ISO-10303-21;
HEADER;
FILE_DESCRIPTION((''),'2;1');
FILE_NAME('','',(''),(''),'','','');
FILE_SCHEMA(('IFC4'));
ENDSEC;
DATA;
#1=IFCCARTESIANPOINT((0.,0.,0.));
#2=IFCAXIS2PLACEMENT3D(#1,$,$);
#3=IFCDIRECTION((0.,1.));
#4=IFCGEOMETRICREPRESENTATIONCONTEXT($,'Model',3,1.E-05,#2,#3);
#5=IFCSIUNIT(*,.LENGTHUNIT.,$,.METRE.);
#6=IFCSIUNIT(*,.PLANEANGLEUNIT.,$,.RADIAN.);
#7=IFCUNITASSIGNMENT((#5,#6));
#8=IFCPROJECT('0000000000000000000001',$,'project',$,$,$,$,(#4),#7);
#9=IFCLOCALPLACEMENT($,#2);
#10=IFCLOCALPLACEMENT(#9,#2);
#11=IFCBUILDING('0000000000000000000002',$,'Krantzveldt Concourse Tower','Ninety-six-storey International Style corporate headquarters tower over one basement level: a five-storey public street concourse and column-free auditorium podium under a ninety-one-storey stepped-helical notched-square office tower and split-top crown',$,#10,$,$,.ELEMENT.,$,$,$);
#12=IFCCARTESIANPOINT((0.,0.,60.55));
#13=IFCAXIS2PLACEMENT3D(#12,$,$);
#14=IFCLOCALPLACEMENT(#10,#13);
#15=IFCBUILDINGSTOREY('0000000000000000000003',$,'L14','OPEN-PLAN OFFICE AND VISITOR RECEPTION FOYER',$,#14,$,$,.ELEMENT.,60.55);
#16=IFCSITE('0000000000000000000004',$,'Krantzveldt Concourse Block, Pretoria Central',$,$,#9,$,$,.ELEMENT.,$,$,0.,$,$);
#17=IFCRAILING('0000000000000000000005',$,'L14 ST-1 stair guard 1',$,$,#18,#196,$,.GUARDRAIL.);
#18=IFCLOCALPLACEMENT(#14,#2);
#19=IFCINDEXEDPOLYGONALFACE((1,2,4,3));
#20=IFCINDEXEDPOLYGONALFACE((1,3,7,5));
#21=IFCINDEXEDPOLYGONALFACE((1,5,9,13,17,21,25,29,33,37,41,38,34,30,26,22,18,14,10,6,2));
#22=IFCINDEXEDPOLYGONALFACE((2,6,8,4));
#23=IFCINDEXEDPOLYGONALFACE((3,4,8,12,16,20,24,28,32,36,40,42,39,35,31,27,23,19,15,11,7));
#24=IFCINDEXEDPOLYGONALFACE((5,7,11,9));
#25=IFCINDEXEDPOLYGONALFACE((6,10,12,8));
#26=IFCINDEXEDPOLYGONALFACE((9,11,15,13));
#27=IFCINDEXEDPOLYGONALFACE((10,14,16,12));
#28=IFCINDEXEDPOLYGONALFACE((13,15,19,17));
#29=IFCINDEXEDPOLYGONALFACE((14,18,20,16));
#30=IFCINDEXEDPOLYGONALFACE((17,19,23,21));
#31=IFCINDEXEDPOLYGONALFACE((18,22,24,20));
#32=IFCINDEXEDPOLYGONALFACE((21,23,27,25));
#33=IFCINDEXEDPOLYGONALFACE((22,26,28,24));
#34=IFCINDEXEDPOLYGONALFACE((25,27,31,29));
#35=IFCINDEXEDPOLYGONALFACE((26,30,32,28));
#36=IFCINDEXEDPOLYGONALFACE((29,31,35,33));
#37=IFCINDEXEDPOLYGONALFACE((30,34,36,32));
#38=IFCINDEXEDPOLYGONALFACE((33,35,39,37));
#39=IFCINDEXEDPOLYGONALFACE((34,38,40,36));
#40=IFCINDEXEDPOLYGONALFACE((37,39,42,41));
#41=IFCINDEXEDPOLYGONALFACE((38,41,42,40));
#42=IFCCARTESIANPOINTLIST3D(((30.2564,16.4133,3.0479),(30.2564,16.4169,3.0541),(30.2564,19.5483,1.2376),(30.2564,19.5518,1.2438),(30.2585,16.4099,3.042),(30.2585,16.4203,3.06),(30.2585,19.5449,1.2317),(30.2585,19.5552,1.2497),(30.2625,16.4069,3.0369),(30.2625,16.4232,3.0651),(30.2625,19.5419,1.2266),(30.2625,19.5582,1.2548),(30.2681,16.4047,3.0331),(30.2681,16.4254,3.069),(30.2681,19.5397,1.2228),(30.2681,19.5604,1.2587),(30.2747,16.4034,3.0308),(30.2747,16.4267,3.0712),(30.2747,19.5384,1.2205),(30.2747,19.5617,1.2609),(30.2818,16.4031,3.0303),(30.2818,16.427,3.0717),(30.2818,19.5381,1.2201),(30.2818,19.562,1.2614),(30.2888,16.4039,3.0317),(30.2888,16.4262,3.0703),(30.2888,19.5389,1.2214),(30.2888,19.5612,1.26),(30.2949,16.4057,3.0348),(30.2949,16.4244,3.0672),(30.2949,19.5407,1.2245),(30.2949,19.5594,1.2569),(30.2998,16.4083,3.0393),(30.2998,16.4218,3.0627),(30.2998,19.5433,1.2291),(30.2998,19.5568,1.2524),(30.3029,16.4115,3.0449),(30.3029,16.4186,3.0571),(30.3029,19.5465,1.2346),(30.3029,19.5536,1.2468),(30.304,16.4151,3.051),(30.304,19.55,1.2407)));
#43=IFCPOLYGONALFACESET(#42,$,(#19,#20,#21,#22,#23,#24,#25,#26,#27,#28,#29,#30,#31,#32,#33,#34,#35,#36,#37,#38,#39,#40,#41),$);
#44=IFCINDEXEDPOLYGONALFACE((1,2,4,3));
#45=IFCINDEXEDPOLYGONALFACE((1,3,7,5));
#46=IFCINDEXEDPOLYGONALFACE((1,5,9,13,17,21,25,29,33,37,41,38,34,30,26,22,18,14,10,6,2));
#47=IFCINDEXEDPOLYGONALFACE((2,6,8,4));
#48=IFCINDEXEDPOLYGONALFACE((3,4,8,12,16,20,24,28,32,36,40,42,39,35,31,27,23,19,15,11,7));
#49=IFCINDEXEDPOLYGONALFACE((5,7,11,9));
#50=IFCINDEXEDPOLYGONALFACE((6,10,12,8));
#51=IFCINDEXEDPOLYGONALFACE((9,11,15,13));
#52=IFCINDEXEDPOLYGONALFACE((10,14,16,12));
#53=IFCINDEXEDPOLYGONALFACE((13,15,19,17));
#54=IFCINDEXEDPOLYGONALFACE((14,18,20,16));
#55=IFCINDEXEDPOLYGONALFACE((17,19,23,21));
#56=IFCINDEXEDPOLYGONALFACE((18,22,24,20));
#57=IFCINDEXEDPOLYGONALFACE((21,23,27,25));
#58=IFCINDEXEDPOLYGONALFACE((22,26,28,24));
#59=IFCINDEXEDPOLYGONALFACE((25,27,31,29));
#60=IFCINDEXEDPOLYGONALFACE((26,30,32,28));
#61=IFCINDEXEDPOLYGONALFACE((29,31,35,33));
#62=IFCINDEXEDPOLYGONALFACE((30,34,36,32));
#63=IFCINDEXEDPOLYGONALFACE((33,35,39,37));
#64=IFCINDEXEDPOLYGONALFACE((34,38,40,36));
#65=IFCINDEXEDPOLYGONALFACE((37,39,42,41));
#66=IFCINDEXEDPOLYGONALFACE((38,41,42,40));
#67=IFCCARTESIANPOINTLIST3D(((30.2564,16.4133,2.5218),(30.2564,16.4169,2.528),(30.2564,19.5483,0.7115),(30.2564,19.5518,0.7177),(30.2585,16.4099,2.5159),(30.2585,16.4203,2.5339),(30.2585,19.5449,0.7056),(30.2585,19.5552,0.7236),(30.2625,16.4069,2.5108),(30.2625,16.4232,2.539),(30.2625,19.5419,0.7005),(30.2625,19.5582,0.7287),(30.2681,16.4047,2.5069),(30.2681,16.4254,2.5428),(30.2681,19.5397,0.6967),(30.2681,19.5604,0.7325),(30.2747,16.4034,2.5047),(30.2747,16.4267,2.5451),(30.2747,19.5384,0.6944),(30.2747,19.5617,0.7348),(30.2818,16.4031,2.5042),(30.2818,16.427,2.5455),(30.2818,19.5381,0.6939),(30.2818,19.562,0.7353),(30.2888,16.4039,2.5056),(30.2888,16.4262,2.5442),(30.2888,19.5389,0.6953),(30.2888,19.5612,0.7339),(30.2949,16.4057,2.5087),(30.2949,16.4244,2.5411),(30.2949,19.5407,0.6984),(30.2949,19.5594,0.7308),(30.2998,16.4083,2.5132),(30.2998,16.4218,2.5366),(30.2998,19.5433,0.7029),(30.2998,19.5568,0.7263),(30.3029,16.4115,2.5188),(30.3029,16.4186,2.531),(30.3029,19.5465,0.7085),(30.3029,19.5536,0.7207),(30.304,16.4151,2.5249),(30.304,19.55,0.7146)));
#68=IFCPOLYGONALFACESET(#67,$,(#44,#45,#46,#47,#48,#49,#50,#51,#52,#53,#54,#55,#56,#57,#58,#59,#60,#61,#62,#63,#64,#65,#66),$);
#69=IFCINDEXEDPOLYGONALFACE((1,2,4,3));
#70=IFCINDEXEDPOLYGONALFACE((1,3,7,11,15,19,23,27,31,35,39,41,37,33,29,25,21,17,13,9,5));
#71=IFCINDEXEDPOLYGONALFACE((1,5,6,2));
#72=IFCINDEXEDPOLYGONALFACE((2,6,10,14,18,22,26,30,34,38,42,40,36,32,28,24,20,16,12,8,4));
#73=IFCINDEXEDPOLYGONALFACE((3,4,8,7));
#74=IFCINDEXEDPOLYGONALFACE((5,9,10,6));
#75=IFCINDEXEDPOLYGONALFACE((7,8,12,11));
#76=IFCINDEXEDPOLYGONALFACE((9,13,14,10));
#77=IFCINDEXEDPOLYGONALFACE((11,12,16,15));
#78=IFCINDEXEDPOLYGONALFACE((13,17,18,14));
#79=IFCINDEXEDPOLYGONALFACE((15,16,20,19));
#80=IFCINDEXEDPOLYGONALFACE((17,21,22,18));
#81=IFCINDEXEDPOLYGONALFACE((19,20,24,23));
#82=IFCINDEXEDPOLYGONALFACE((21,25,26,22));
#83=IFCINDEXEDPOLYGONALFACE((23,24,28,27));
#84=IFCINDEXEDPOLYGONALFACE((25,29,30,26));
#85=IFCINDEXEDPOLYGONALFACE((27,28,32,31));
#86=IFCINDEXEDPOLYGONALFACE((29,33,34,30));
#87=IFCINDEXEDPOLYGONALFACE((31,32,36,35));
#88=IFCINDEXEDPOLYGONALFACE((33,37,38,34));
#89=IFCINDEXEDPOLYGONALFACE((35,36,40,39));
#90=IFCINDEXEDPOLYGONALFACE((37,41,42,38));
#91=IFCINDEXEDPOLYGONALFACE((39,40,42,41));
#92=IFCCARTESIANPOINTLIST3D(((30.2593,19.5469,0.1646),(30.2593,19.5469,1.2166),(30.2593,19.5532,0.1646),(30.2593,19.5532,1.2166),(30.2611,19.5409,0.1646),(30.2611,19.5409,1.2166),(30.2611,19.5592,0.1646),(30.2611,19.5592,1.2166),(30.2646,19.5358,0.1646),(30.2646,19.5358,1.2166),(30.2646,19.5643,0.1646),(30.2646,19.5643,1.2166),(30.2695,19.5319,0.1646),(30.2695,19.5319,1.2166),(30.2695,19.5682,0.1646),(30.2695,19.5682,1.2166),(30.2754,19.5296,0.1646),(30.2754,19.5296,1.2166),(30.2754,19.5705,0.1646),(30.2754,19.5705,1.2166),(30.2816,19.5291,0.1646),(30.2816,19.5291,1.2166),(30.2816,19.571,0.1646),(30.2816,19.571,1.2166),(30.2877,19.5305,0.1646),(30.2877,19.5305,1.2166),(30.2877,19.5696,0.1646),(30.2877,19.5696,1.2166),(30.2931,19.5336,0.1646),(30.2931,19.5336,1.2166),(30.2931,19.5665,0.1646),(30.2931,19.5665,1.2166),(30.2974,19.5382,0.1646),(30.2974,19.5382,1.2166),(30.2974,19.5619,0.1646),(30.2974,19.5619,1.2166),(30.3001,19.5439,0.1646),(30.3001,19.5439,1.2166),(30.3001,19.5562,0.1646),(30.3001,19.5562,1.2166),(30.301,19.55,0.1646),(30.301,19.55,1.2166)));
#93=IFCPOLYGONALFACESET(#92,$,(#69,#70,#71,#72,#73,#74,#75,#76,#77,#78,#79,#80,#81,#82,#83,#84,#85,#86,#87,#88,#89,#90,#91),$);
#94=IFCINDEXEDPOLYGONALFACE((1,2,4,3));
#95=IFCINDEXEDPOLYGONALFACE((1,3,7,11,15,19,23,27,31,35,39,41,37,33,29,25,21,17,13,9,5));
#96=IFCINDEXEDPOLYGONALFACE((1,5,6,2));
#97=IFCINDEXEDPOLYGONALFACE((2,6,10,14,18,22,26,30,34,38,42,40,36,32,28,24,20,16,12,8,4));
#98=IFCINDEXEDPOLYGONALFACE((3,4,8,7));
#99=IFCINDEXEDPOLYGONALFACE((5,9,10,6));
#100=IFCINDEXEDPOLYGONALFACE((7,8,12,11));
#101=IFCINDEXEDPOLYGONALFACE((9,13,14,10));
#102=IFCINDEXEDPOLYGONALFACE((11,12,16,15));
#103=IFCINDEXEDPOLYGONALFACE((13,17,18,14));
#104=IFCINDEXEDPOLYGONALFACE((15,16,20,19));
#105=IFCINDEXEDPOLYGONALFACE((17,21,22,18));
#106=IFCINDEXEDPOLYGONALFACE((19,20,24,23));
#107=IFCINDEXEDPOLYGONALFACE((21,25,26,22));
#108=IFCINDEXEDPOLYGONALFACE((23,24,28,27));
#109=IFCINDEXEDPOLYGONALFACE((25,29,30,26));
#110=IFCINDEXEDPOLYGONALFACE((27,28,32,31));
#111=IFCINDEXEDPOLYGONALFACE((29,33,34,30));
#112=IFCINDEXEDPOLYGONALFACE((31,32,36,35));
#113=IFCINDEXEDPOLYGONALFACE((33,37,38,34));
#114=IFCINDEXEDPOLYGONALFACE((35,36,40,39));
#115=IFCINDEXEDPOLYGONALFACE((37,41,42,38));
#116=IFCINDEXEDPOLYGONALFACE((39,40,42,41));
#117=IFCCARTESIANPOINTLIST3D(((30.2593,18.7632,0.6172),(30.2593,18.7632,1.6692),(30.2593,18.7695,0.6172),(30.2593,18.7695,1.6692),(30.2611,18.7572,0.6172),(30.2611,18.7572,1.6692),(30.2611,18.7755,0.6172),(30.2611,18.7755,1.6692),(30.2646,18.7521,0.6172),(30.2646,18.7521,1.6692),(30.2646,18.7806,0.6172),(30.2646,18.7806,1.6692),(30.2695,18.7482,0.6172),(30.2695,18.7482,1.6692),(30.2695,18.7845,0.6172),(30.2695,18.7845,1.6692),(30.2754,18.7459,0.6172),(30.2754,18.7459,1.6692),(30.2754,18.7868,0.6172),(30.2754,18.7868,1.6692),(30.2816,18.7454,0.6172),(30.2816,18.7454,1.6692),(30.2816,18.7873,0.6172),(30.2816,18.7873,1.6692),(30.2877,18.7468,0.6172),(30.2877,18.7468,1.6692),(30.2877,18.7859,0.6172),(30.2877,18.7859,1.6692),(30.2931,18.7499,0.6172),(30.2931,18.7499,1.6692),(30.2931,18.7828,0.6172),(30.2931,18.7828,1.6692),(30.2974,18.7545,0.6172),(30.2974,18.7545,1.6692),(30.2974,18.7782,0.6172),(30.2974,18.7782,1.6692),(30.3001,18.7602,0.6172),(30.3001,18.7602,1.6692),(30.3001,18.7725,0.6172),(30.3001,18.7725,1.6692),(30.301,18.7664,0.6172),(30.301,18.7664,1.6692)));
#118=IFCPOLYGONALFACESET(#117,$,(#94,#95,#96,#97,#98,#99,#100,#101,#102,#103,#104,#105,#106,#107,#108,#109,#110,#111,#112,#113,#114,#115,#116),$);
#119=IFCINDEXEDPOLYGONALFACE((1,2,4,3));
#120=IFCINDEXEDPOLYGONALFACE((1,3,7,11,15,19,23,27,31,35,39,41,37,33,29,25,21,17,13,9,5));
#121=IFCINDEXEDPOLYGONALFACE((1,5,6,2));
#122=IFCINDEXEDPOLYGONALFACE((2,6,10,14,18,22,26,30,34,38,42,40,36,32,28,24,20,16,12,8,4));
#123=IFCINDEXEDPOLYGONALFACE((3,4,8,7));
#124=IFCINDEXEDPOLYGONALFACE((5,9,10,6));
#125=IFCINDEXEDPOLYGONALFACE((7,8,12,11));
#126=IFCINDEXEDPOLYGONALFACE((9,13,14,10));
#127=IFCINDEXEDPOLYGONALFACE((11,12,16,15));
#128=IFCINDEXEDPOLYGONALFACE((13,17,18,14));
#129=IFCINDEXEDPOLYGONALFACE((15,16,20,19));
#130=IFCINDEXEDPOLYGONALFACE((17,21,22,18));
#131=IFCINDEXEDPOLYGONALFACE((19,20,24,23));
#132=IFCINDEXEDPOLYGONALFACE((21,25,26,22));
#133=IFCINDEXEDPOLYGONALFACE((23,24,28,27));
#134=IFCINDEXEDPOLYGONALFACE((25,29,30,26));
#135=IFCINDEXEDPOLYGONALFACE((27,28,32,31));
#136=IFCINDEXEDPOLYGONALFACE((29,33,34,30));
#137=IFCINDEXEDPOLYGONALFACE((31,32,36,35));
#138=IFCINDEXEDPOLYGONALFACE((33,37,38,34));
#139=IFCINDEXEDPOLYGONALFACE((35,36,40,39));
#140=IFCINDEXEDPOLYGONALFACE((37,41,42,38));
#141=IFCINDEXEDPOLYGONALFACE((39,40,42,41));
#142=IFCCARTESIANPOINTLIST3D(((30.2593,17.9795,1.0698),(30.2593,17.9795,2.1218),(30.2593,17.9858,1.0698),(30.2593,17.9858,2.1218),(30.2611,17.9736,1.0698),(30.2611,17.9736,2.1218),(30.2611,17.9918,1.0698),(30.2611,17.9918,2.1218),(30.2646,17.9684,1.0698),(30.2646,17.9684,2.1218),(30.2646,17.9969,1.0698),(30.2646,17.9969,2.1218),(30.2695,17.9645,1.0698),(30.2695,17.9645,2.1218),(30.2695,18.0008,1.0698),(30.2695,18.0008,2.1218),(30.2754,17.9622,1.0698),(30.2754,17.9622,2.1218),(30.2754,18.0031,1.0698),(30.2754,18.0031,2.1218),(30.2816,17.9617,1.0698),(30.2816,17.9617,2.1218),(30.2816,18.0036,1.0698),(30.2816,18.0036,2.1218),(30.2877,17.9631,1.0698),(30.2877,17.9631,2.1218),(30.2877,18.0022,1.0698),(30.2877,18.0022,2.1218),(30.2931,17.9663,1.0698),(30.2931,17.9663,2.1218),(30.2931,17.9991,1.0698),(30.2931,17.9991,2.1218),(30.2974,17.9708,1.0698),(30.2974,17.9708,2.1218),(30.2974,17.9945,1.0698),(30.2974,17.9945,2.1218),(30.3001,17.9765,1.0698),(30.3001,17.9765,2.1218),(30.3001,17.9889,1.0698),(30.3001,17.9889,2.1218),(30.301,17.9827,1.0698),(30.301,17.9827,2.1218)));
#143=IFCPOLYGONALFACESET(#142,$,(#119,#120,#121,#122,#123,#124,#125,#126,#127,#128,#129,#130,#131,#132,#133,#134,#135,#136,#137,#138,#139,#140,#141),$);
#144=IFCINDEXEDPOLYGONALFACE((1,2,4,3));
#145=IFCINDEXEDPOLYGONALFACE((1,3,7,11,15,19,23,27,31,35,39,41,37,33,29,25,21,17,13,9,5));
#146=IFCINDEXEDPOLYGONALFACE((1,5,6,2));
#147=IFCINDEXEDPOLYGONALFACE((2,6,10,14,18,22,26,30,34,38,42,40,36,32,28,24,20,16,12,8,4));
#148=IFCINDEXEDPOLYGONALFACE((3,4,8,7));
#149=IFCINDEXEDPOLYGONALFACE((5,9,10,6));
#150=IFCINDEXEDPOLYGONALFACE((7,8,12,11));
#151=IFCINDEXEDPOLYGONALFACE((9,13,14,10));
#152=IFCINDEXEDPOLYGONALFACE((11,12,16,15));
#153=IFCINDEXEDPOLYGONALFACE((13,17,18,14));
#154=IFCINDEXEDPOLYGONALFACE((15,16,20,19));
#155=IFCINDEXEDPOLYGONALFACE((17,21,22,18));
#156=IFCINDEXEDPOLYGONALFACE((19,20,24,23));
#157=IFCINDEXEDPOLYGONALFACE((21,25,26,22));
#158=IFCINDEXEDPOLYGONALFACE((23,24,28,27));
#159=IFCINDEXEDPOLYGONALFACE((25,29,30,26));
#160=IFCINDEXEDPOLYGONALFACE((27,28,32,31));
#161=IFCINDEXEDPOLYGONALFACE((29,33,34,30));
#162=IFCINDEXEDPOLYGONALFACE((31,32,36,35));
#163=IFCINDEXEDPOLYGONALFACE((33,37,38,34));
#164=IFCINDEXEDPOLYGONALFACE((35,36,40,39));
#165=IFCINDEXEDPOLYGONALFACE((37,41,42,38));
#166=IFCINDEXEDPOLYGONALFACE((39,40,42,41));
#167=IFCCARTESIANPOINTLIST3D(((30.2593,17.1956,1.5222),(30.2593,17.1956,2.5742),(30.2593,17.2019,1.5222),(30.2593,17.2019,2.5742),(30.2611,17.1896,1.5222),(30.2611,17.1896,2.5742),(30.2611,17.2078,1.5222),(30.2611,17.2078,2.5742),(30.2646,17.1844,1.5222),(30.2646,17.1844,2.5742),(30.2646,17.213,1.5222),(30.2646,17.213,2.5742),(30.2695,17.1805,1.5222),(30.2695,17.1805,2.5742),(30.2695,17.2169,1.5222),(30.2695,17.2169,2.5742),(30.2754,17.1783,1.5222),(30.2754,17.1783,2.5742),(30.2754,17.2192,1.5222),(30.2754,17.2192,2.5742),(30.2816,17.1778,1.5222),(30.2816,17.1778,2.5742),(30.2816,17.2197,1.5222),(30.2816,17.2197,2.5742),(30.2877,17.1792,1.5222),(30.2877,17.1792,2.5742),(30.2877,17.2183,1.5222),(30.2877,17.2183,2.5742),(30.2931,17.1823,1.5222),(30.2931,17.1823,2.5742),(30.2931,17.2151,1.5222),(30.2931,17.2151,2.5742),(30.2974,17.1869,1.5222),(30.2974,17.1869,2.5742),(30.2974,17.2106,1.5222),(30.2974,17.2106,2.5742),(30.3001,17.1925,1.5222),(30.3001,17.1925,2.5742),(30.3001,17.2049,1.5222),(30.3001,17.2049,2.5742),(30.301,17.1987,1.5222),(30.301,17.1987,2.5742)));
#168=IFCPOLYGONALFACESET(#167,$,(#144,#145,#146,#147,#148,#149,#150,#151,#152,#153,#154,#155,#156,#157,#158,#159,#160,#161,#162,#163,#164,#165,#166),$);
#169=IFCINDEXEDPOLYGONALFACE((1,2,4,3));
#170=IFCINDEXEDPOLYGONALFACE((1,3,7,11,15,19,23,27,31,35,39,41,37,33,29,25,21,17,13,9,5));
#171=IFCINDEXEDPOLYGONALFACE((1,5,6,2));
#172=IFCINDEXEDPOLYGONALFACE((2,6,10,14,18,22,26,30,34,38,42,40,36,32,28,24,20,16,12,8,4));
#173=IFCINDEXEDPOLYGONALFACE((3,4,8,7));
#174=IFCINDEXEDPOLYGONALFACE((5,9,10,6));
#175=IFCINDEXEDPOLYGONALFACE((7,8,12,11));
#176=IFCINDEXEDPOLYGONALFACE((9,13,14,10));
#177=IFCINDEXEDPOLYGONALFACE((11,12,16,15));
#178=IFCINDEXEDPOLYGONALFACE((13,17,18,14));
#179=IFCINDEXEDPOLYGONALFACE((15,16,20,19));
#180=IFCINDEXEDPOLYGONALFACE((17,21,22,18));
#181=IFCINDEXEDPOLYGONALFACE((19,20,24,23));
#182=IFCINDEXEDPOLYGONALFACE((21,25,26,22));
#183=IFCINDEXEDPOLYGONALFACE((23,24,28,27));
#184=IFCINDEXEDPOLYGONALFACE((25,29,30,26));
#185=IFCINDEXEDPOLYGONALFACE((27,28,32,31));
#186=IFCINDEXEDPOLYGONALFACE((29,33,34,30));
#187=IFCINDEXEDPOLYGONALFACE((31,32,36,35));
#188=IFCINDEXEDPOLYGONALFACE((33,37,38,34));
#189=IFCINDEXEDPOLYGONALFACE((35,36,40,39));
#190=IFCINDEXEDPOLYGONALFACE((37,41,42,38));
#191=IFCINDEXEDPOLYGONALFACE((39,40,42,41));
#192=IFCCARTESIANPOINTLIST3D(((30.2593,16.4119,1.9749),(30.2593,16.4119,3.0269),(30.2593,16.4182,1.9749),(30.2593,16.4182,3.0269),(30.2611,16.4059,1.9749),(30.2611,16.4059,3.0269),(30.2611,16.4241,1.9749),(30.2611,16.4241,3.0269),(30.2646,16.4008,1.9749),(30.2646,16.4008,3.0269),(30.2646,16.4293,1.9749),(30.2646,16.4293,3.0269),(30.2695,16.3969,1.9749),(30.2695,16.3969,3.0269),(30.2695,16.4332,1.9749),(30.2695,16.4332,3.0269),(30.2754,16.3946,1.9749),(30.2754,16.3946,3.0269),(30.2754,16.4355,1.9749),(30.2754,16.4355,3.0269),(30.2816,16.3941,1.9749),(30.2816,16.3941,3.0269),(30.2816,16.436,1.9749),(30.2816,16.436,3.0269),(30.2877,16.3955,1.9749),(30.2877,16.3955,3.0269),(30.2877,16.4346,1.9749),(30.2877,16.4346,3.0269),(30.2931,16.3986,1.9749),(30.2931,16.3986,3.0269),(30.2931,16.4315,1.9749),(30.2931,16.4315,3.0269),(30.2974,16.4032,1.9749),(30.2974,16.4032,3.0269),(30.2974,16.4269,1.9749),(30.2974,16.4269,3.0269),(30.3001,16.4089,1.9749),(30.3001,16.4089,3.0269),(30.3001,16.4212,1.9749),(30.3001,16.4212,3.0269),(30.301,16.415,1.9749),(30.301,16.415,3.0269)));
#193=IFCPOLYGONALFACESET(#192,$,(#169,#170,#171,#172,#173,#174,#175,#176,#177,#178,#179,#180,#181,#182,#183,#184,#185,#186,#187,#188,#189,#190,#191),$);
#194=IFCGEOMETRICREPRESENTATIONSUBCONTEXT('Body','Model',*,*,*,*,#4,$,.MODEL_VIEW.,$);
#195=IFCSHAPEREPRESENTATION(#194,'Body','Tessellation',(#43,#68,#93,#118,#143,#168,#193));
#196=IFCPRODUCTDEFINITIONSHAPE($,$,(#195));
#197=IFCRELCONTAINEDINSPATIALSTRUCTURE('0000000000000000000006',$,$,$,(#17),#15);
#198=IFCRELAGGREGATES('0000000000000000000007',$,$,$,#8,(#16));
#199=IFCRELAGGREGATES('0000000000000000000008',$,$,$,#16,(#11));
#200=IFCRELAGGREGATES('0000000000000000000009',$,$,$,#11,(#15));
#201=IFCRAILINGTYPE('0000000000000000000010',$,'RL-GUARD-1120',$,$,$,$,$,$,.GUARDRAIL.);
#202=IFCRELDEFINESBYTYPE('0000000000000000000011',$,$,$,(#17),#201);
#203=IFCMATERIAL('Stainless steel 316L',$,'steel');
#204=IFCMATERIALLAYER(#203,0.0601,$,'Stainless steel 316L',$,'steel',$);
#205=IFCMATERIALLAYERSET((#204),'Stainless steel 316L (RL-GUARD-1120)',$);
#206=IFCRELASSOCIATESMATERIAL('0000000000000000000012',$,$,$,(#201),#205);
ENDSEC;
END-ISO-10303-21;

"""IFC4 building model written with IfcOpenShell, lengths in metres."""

from ifc_helpers import new_model, si_unit, direction, frame, origin, origin_2d, place, context, subcontext, project, spatial, circle, extrude, material, layer, layer_set, type_object, element, save


model = new_model("IFC4")

# Units and contexts
model_context = context("Model", 3, precision=1e-05, world=origin(), true_north=direction((0.0, 1.0)))
body_context = subcontext(model_context, "Body", "Model", "MODEL_VIEW")
ifc_project = project(units=[si_unit("LENGTHUNIT", "METRE"), si_unit("PLANEANGLEUNIT", "RADIAN")], contexts=[model_context])

# Site, building, storey
site_placement = place(None, origin())
site = spatial("IfcSite", under=ifc_project, at=site_placement, Name="Krantzveldt Concourse Block, Pretoria Central", CompositionType="ELEMENT", RefElevation=0.0)
building_placement = place(site_placement, origin())
building = spatial("IfcBuilding", under=site, at=building_placement, Name="Krantzveldt Concourse Tower", Description="Ninety-six-storey International Style corporate headquarters tower over one basement level: a five-storey public street concourse and column-free auditorium podium under a ninety-one-storey stepped-helical notched-square office tower and split-top crown", CompositionType="ELEMENT")
storey_placement = place(building_placement, frame((0.0, 0.0, 60.55)))
storey = spatial("IfcBuildingStorey", under=building, at=storey_placement, Name="L14", Description="OPEN-PLAN OFFICE AND VISITOR RECEPTION FOYER", CompositionType="ELEMENT", Elevation=60.55)

# Shared definitions
ifc_material_1 = material(Name="Stainless steel 316L", Category="steel")

# Railing
ifc_layer_1 = layer(ifc_material_1, 0.0601, Name="Stainless steel 316L", Category="steel")
ifc_layer_set_1 = layer_set([ifc_layer_1], Name="Stainless steel 316L (RL-GUARD-1120)")
railing_type_1 = type_object("IfcRailingType", Name="RL-GUARD-1120", PredefinedType="GUARDRAIL", material=ifc_layer_set_1)
railing_1_placement = place(storey_placement, frame((30.28, 19.55, 0.1646)))
element("IfcRailing", 1, at=railing_1_placement, inside=storey, type_object=railing_type_1, Name="L14 ST-1 stair guard 1", PredefinedType="GUARDRAIL", context=body_context, shape_type="SweptSolid", body=[
    extrude(circle(Radius=0.0239, at=origin_2d()), frame((0.0, 0.0, 1.0762), z_axis=(0.0, -0.865989, 0.500063), x_axis=(1.0, 0.0, 0.0)), (0.0, 0.0, 1.0), 3.6201),
    extrude(circle(Radius=0.0239, at=origin_2d()), frame((0.0, 0.0, 0.55), z_axis=(0.0, -0.865989, 0.500063), x_axis=(1.0, 0.0, 0.0)), (0.0, 0.0, 1.0), 3.6201),
    extrude(circle(Radius=0.021, at=origin_2d()), origin(), (0.0, 0.0, 1.0), 1.052),
    extrude(circle(Radius=0.021, at=origin_2d()), frame((0.0, -0.7837, 0.4526)), (0.0, 0.0, 1.0), 1.052),
    extrude(circle(Radius=0.021, at=origin_2d()), frame((0.0, -1.5674, 0.9053)), (0.0, 0.0, 1.0), 1.052),
    extrude(circle(Radius=0.021, at=origin_2d()), frame((0.0, -2.3513, 1.3577)), (0.0, 0.0, 1.0), 1.052),
    extrude(circle(Radius=0.021, at=origin_2d()), frame((0.0, -3.135, 1.8103)), (0.0, 0.0, 1.0), 1.052),
])

save(model, "model.ifc")
